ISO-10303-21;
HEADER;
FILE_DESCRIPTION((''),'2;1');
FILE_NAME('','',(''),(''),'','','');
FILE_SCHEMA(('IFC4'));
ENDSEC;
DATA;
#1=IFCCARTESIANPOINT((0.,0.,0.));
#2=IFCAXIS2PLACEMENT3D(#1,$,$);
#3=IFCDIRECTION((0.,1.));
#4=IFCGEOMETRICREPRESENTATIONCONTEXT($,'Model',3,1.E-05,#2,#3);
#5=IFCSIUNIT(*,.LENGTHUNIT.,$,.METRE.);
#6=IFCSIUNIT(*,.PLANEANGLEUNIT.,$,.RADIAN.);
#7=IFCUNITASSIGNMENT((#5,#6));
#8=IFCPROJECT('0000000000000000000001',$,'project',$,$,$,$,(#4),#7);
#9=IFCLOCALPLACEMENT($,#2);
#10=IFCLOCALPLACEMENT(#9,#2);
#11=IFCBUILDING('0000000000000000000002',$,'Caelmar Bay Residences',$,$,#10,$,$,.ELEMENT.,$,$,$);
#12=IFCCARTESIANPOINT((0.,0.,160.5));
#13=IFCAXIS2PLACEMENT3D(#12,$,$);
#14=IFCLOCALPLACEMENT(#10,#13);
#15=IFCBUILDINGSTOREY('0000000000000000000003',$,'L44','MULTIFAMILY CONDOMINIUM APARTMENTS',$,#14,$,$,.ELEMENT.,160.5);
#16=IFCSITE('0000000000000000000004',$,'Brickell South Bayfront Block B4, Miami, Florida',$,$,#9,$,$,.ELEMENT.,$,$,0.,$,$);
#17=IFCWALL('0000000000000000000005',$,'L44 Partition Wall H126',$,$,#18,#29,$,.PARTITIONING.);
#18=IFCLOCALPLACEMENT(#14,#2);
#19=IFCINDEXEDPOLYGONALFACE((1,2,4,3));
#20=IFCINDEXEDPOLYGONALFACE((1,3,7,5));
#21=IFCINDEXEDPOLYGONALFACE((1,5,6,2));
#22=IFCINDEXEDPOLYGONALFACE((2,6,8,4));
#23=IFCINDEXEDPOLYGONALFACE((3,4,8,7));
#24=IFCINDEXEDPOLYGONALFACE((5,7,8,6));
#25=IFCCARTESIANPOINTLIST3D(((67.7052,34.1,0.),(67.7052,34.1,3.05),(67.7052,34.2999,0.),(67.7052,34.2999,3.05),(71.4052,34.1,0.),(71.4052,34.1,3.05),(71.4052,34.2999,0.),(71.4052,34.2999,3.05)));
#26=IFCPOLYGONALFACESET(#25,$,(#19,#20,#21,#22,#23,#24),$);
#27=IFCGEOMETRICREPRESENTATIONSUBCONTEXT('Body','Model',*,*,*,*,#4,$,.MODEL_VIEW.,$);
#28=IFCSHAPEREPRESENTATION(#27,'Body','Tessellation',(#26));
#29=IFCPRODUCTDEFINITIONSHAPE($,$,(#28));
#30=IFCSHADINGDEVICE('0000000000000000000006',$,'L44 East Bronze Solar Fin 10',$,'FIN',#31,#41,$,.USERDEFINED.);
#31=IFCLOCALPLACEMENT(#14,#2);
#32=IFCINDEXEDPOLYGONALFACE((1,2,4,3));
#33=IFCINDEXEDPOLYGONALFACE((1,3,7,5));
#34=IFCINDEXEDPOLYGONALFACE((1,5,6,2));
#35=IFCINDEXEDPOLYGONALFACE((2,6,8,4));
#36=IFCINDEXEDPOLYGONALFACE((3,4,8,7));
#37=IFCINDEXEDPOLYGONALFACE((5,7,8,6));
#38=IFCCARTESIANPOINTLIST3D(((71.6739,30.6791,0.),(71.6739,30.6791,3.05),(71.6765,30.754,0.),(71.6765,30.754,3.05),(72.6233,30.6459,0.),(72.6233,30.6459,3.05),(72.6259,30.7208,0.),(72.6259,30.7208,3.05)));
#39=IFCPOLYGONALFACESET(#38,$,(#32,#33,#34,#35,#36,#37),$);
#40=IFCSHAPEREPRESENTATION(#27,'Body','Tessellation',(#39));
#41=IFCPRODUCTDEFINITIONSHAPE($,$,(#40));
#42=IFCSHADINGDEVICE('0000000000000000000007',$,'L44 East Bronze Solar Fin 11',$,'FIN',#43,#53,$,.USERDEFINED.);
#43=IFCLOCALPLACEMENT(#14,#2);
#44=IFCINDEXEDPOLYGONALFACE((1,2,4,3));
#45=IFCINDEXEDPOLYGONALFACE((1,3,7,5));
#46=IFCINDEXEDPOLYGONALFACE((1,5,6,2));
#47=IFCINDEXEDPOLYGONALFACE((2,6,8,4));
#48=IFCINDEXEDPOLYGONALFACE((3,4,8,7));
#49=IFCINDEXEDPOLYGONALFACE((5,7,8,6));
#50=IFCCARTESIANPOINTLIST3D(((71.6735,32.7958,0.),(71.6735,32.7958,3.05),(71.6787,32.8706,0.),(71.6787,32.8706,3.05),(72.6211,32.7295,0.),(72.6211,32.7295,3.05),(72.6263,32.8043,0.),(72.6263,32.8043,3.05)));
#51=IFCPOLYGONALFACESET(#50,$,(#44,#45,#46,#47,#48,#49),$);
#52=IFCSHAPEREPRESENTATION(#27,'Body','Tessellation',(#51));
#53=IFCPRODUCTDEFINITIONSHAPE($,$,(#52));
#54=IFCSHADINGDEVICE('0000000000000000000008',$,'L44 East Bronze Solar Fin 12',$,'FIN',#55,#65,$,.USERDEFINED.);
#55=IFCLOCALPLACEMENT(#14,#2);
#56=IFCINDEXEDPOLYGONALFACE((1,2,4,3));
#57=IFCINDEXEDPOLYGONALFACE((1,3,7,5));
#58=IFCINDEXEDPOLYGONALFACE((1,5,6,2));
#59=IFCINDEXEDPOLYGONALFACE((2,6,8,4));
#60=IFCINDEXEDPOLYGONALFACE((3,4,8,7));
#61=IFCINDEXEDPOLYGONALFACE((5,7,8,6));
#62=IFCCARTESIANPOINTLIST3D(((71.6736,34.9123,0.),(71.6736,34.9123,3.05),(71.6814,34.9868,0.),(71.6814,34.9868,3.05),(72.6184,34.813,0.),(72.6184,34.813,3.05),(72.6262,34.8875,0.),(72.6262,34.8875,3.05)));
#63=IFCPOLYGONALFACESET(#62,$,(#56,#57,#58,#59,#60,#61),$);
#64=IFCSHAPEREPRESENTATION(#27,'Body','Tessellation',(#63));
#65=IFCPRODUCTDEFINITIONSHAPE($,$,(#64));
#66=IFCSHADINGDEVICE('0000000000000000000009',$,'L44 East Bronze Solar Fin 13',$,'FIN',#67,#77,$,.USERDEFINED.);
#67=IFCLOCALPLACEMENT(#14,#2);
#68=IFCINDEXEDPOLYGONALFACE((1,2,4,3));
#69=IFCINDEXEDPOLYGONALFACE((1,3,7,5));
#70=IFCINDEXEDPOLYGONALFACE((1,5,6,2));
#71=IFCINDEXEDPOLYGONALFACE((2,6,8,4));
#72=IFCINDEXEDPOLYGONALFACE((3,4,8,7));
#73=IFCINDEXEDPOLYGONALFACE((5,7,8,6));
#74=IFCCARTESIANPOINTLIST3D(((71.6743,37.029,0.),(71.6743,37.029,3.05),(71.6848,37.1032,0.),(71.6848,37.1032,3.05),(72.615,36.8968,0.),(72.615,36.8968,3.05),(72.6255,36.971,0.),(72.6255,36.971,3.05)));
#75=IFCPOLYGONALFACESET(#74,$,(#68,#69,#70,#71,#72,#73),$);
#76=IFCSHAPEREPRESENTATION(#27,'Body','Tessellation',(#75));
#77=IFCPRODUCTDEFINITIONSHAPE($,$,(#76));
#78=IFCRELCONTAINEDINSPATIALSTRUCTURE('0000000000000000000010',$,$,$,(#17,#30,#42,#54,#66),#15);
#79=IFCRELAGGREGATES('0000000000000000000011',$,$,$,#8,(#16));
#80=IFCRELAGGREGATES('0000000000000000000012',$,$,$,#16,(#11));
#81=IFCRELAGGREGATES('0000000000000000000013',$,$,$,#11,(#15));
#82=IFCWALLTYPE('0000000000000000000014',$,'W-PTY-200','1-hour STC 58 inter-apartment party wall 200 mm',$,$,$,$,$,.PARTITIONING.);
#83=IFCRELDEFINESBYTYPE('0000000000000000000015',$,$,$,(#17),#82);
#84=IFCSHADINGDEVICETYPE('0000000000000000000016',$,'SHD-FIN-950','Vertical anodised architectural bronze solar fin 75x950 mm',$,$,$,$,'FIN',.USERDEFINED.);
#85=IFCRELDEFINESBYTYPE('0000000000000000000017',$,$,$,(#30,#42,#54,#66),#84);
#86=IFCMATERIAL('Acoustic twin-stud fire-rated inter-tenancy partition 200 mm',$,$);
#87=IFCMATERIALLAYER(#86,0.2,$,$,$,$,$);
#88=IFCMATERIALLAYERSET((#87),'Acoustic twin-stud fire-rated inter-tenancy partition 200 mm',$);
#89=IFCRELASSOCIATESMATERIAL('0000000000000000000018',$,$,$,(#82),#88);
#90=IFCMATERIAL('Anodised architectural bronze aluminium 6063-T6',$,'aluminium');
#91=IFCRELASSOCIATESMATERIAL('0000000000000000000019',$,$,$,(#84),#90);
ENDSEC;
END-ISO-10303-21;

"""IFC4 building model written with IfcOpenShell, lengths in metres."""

from ifc_helpers import new_model, si_unit, direction, frame, frame_2d, origin, origin_2d, place, context, subcontext, project, spatial, rectangle, extrude, material, layer, layer_set, material_profile, profile_set, type_object, element, save


model = new_model("IFC4")

# Units and contexts
model_context = context("Model", 3, precision=1e-05, world=origin(), true_north=direction((0.0, 1.0)))
body_context = subcontext(model_context, "Body", "Model", "MODEL_VIEW")
ifc_project = project(units=[si_unit("LENGTHUNIT", "METRE"), si_unit("PLANEANGLEUNIT", "RADIAN")], contexts=[model_context])

# Site, building, storey
site_placement = place(None, origin())
site = spatial("IfcSite", under=ifc_project, at=site_placement, Name="Brickell South Bayfront Block B4, Miami, Florida", CompositionType="ELEMENT", RefElevation=0.0)
building_placement = place(site_placement, origin())
building = spatial("IfcBuilding", under=site, at=building_placement, Name="Caelmar Bay Residences", CompositionType="ELEMENT")
storey_placement = place(building_placement, frame((0.0, 0.0, 160.5)))
storey = spatial("IfcBuildingStorey", under=building, at=storey_placement, Name="L44", Description="MULTIFAMILY CONDOMINIUM APARTMENTS", CompositionType="ELEMENT", Elevation=160.5)

# Wall
ifc_material_1 = material(Name="Acoustic twin-stud fire-rated inter-tenancy partition 200 mm")
ifc_layer_1 = layer(ifc_material_1, 0.2)
ifc_layer_set_1 = layer_set([ifc_layer_1], Name="Acoustic twin-stud fire-rated inter-tenancy partition 200 mm")
wall_type_1 = type_object("IfcWallType", Name="W-PTY-200", Description="1-hour STC 58 inter-apartment party wall 200 mm", PredefinedType="PARTITIONING", material=ifc_layer_set_1)
wall_1_placement = place(storey_placement, frame((67.7051, 34.2, 0.0), z_axis=(0.0, 0.0, 1.0), x_axis=(1.0, 0.0, 0.0)))
element("IfcWall", 1, at=wall_1_placement, inside=storey, type_object=wall_type_1, Name="L44 Partition Wall H126", PredefinedType="PARTITIONING", context=body_context, shape_type="SweptSolid", body=[
    extrude(rectangle(XDim=3.7, YDim=0.2, at=frame_2d((1.8501, 0.0))), origin(), (0.0, 0.0, 1.0), 3.05),
])

# Shading devices
ifc_material_2 = material(Name="Anodised architectural bronze aluminium 6063-T6", Category="aluminium")
ifc_material_profile_1 = material_profile(ifc_material_2, rectangle(XDim=0.075, YDim=0.95, at=origin_2d()), Name="BRONZE-FIN-75X950")
ifc_profile_set_1 = profile_set([ifc_material_profile_1], Name="Anodised architectural bronze aluminium 6063-T6")
shading_device_type = type_object("IfcShadingDeviceType", Name="SHD-FIN-950", Description="Vertical anodised architectural bronze solar fin 75x950 mm", ElementType="FIN", PredefinedType="USERDEFINED", material=ifc_profile_set_1)
for number, where, z_axis, x_axis, name in (
    (2, (72.1499, 30.7, 0.0), (0.0, 0.0, 1.0), (0.034899, 0.999391, 0.0), "L44 East Bronze Solar Fin 10"),
    (3, (72.1499, 32.8, 0.0), (0.0, 0.0, 1.0), (0.069756, 0.997564, 0.0), "L44 East Bronze Solar Fin 11"),
    (4, (72.1499, 34.8999, 0.0), (0.0, 0.0, 1.0), (0.104528, 0.994522, 0.0), "L44 East Bronze Solar Fin 12"),
    (5, (72.1499, 37.0, 0.0), (0.0, 0.0, 1.0), (0.139173, 0.990268, 0.0), "L44 East Bronze Solar Fin 13"),
):
    element("IfcShadingDevice", number, at=place(storey_placement, frame(where, z_axis=z_axis, x_axis=x_axis)), inside=storey, type_object=shading_device_type, Name=name, ObjectType="FIN", PredefinedType="USERDEFINED", context=body_context, shape_type="SweptSolid", body=[
        extrude(rectangle(XDim=0.075, YDim=0.95, at=origin_2d()), origin(), (0.0, 0.0, 1.0), 3.05),
    ])

save(model, "model.ifc")
